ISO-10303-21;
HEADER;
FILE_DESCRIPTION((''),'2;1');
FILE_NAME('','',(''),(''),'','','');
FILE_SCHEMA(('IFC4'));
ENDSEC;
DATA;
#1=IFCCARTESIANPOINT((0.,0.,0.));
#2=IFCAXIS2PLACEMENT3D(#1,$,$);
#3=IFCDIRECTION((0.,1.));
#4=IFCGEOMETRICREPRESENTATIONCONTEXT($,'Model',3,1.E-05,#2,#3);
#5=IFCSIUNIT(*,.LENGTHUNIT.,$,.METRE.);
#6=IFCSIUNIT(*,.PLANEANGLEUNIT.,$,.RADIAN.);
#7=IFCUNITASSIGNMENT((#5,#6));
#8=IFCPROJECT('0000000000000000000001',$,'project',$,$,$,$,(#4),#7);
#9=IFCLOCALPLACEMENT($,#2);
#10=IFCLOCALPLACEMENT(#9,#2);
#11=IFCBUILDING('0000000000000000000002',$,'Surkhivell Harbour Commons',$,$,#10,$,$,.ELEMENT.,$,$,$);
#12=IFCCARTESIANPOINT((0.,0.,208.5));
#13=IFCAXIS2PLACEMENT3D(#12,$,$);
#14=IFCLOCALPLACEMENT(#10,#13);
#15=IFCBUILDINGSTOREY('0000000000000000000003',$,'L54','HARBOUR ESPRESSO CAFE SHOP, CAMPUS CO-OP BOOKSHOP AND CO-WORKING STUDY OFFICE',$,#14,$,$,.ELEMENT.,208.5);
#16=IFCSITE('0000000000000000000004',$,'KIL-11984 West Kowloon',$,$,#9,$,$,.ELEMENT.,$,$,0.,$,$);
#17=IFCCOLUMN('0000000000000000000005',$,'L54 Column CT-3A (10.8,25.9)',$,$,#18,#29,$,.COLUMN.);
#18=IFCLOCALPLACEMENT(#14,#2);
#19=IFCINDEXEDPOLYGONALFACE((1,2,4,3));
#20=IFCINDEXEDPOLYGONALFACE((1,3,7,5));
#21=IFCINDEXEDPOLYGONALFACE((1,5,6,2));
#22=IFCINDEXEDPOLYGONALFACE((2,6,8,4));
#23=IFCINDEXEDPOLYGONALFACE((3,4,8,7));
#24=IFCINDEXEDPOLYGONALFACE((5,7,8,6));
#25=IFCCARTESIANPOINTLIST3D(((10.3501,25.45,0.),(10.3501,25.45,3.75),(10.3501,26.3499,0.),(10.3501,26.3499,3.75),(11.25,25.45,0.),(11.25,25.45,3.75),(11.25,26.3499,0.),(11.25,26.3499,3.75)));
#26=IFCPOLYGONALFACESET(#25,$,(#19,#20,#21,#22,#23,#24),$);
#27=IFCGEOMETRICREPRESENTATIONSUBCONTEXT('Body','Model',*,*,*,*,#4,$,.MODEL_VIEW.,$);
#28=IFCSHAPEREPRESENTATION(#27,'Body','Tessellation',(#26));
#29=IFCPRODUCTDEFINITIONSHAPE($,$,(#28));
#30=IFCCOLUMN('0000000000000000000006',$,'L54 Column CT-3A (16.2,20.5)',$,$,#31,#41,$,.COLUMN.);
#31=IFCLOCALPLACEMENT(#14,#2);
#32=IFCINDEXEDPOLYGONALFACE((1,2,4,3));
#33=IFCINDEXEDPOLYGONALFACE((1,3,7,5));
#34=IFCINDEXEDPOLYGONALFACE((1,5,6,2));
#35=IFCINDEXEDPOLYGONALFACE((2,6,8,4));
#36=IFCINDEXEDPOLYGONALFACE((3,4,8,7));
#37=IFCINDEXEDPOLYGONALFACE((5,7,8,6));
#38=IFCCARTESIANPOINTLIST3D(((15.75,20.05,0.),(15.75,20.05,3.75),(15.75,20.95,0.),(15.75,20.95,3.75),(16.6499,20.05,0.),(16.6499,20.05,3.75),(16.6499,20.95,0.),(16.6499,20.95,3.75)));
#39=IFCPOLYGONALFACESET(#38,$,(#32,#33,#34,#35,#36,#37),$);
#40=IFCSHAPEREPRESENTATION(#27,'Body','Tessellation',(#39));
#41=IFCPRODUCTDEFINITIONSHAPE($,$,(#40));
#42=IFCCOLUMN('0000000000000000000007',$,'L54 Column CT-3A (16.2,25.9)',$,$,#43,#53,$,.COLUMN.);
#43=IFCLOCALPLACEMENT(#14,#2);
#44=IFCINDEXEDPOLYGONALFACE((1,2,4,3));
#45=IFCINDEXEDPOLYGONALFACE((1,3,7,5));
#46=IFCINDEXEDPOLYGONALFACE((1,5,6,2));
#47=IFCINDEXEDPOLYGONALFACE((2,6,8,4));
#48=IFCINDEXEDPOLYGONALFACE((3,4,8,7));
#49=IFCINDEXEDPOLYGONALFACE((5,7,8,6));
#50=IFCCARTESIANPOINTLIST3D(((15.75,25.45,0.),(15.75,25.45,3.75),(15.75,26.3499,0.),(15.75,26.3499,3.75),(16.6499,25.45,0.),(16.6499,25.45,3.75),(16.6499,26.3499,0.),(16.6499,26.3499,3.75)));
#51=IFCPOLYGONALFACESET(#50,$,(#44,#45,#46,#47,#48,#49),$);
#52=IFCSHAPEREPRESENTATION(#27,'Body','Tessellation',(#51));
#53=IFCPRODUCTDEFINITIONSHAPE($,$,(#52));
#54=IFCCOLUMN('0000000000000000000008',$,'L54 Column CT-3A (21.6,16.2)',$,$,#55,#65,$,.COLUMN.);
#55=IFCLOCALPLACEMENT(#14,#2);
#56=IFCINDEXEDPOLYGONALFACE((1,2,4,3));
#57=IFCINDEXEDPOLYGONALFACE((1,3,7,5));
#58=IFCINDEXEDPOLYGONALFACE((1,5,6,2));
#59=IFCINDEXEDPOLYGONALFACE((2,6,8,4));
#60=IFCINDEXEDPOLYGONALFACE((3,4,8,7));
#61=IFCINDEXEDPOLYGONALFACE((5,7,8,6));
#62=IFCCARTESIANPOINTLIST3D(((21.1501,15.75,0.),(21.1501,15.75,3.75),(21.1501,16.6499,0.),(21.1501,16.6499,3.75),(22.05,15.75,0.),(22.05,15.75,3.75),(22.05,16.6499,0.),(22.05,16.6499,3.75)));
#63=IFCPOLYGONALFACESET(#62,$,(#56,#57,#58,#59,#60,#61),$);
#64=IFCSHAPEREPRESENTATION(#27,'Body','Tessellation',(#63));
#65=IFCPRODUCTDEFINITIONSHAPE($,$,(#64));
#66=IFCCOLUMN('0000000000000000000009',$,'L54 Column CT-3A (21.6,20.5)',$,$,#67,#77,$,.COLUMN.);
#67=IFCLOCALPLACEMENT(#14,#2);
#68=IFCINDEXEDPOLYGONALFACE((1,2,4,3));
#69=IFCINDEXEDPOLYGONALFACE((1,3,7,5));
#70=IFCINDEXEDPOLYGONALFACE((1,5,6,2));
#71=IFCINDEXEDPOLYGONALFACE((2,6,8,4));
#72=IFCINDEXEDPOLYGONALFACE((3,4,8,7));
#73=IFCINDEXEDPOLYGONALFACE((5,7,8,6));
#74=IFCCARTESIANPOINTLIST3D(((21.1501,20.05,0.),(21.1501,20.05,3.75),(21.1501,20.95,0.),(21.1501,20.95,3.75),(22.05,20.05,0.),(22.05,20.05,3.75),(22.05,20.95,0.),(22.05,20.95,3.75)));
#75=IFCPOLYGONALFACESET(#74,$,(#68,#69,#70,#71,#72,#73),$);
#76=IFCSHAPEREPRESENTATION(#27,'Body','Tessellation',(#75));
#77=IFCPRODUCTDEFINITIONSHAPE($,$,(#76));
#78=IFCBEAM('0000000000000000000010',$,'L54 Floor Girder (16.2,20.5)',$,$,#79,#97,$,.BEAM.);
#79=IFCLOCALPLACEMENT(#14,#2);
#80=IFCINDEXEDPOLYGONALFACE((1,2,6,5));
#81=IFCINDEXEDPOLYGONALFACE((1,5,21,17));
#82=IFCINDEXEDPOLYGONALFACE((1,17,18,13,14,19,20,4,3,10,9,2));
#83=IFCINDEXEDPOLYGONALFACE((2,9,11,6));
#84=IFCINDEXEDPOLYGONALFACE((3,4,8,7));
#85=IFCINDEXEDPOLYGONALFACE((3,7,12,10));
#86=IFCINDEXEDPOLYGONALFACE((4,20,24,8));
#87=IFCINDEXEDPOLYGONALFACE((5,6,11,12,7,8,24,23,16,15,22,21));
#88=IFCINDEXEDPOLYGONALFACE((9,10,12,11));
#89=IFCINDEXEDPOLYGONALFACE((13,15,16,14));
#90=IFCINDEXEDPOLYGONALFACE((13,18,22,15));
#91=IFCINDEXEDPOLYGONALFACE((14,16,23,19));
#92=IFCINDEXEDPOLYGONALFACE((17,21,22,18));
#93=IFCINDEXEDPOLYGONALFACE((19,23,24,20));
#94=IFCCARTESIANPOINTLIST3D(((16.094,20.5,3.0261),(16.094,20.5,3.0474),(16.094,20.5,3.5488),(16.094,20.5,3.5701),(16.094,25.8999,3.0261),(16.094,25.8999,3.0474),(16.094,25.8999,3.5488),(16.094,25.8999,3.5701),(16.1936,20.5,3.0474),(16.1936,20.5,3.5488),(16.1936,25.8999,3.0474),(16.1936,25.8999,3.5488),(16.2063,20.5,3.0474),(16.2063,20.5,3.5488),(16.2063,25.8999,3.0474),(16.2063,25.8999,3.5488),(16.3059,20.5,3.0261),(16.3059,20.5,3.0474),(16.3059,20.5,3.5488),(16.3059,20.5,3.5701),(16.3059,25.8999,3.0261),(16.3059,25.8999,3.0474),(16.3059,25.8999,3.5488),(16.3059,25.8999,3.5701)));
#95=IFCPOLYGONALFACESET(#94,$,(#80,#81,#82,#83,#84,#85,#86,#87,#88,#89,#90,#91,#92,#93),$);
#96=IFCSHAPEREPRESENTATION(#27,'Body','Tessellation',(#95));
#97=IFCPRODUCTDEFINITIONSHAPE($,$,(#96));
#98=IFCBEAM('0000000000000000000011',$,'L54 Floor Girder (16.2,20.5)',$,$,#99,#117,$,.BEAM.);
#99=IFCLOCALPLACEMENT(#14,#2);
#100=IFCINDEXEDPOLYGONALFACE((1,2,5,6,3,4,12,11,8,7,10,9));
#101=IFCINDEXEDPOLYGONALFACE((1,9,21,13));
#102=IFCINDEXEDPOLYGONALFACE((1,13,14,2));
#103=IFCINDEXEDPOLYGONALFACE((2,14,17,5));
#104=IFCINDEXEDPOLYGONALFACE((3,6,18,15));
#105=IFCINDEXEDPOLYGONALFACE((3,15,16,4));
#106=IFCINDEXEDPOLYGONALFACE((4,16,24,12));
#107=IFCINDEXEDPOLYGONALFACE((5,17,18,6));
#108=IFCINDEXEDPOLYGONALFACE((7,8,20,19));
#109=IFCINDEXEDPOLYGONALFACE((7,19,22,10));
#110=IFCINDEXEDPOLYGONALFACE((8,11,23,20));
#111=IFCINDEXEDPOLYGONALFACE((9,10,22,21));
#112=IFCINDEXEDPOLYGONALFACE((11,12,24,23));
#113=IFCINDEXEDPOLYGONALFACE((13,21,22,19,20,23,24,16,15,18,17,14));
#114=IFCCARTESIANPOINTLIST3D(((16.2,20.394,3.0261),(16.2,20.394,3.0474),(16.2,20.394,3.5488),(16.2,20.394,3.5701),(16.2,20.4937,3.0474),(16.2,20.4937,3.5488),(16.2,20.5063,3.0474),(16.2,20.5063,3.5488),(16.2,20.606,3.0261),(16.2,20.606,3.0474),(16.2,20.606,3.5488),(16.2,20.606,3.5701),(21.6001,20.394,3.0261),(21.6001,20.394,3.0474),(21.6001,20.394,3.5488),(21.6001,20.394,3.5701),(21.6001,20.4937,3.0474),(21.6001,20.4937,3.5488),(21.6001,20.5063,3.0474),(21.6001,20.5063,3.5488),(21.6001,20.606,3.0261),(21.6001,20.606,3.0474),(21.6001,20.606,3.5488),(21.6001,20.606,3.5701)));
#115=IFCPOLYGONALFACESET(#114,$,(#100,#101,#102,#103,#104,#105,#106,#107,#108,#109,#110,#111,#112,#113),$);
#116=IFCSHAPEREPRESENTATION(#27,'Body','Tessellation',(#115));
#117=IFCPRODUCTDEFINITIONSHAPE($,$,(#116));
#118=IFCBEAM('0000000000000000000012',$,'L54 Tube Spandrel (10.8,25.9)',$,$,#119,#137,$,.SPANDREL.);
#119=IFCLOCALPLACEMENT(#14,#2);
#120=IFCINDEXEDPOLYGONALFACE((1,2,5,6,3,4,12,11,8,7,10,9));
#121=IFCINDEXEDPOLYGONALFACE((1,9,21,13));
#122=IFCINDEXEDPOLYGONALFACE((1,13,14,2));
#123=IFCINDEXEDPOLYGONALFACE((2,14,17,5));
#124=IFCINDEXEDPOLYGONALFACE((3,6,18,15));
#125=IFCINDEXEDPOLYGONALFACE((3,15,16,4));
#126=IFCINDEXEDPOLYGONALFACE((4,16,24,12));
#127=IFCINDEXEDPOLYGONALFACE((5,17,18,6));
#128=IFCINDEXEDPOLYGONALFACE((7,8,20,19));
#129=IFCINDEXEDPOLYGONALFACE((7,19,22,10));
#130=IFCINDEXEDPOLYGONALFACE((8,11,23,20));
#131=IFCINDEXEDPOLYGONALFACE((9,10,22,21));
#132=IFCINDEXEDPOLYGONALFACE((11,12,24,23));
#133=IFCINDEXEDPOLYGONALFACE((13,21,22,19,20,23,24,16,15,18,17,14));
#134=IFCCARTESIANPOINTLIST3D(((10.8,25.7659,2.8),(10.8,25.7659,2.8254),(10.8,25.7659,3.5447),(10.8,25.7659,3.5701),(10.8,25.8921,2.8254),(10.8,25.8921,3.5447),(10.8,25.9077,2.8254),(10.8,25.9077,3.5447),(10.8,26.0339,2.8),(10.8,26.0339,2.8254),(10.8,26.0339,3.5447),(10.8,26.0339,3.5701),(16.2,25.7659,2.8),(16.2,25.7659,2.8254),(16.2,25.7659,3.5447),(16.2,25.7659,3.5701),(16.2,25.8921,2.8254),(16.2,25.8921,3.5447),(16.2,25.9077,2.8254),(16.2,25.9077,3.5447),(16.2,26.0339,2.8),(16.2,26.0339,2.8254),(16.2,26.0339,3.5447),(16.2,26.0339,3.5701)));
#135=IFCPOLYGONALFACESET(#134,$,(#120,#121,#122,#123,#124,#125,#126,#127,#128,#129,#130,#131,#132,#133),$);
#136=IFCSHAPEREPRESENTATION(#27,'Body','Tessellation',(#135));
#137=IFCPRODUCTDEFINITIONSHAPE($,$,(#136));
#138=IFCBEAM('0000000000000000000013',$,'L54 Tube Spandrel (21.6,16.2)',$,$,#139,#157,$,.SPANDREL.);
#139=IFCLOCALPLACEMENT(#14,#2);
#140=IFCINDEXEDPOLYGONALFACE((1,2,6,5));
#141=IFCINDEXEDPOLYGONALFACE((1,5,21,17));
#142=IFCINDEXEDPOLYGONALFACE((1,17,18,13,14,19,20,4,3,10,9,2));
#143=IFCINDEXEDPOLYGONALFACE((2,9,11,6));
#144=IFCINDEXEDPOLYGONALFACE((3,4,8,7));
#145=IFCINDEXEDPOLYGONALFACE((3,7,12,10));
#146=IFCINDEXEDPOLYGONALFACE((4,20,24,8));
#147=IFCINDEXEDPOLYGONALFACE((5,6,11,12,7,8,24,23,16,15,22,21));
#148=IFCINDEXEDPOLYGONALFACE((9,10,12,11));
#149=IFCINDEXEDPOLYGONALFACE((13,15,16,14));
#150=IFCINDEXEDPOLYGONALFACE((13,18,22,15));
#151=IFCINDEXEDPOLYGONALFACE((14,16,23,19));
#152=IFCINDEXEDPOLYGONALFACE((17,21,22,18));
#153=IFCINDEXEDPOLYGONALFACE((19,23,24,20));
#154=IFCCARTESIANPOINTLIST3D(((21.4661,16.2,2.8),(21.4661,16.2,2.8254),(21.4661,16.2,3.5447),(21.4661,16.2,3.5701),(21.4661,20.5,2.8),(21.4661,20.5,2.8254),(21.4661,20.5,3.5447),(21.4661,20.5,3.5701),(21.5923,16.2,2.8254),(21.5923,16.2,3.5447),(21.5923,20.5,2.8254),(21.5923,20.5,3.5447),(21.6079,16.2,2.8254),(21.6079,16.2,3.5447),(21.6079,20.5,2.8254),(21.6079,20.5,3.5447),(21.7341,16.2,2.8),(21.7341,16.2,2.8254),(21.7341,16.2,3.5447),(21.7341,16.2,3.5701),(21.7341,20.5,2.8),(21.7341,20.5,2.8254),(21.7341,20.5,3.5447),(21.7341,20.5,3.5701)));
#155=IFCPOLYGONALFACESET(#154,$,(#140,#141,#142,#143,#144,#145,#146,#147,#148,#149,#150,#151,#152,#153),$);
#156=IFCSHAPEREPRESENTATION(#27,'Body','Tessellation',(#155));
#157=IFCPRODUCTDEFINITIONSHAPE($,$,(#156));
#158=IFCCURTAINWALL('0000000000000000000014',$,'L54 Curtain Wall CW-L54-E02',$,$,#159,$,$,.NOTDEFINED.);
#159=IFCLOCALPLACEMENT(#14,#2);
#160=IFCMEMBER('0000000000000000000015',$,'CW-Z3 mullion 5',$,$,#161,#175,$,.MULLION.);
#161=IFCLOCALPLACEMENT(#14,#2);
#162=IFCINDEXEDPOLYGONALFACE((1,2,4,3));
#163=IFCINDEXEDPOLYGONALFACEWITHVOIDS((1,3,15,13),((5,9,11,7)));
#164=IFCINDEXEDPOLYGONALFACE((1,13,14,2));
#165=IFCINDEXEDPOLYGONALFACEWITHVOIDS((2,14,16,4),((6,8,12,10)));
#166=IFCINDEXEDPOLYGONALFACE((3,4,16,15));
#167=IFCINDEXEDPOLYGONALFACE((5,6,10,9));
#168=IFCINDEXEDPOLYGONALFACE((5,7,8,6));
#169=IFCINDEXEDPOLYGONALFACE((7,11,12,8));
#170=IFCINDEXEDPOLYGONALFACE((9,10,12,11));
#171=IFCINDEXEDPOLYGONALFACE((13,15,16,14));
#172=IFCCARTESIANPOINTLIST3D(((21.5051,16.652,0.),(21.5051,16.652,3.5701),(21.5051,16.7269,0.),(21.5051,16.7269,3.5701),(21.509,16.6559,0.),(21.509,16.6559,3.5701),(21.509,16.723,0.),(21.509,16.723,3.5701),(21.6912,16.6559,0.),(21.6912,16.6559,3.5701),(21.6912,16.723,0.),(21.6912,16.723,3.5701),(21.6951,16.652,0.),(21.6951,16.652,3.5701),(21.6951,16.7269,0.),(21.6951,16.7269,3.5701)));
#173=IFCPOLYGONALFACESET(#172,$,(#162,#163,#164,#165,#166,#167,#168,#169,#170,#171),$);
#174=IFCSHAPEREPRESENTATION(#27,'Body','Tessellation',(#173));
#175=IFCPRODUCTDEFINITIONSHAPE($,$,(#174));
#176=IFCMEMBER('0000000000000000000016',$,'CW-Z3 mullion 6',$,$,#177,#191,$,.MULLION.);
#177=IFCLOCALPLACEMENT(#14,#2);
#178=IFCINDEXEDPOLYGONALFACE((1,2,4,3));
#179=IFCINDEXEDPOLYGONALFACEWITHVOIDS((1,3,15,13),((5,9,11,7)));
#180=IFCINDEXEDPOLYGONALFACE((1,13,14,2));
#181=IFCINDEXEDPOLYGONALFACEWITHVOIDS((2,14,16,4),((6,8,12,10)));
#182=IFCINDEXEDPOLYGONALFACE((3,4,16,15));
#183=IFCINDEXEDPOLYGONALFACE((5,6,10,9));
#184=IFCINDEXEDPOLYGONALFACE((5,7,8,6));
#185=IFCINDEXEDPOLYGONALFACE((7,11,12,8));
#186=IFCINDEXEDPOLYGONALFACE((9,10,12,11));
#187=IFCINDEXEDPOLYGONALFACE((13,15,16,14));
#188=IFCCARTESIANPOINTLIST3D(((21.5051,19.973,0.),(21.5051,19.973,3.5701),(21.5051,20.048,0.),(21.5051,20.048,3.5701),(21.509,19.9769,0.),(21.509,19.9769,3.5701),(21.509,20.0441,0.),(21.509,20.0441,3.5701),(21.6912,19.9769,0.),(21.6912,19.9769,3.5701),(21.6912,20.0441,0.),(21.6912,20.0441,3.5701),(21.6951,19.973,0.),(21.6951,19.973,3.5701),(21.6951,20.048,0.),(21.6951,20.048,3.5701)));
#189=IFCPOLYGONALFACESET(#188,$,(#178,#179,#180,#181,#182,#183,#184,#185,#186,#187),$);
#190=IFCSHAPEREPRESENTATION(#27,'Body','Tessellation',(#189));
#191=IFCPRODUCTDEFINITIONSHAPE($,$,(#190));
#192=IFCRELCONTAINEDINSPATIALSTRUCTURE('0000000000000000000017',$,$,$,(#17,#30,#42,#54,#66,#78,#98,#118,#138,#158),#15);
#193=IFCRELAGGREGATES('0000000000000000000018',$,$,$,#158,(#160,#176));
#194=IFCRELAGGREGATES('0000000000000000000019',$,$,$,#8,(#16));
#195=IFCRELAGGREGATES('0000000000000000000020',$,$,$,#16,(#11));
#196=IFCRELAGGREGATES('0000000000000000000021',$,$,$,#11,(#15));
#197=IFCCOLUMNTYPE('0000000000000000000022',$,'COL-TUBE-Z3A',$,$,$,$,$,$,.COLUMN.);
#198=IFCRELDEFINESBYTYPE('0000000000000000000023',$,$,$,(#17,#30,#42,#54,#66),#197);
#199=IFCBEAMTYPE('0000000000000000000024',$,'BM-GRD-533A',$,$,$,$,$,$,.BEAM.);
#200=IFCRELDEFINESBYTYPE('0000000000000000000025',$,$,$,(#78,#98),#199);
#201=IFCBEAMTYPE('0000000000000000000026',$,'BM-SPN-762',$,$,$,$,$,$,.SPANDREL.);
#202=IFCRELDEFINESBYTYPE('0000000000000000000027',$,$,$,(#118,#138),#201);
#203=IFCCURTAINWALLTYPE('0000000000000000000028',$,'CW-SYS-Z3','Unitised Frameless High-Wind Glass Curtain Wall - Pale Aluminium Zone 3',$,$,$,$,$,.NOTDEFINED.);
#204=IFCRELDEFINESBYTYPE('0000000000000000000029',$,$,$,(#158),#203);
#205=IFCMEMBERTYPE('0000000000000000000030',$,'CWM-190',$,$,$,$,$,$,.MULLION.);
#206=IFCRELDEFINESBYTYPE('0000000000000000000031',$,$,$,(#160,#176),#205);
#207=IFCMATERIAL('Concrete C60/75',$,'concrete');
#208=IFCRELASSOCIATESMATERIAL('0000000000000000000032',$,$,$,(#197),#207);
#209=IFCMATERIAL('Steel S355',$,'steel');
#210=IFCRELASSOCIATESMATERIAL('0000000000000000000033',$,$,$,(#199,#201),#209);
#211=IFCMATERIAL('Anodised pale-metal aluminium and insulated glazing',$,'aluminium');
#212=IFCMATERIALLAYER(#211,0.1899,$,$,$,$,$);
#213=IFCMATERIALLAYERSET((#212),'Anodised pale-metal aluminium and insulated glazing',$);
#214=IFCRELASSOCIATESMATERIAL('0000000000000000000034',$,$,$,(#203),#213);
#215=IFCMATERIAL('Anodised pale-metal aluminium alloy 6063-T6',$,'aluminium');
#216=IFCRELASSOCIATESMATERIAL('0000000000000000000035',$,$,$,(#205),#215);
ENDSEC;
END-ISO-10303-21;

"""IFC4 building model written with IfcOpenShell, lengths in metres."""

from ifc_helpers import new_model, si_unit, direction, frame, origin, origin_2d, place, context, subcontext, project, spatial, rectangle, hollow_rectangle, i_section, extrude, material, layer, layer_set, material_profile, profile_set, type_object, element, aggregate, save


model = new_model("IFC4")

# Units and contexts
model_context = context("Model", 3, precision=1e-05, world=origin(), true_north=direction((0.0, 1.0)))
body_context = subcontext(model_context, "Body", "Model", "MODEL_VIEW")
ifc_project = project(units=[si_unit("LENGTHUNIT", "METRE"), si_unit("PLANEANGLEUNIT", "RADIAN")], contexts=[model_context])

# Site, building, storey
site_placement = place(None, origin())
site = spatial("IfcSite", under=ifc_project, at=site_placement, Name="KIL-11984 West Kowloon", CompositionType="ELEMENT", RefElevation=0.0)
building_placement = place(site_placement, origin())
building = spatial("IfcBuilding", under=site, at=building_placement, Name="Surkhivell Harbour Commons", CompositionType="ELEMENT")
storey_placement = place(building_placement, frame((0.0, 0.0, 208.5)))
storey = spatial("IfcBuildingStorey", under=building, at=storey_placement, Name="L54", Description="HARBOUR ESPRESSO CAFE SHOP, CAMPUS CO-OP BOOKSHOP AND CO-WORKING STUDY OFFICE", CompositionType="ELEMENT", Elevation=208.5)

# Columns
ifc_material_1 = material(Name="Concrete C60/75", Category="concrete")
ifc_material_profile_1 = material_profile(ifc_material_1, rectangle(XDim=0.8999, YDim=0.8999, at=origin_2d()), Name="RC-COL-900x900")
ifc_profile_set_1 = profile_set([ifc_material_profile_1], Name="Concrete C60/75")
column_type = type_object("IfcColumnType", Name="COL-TUBE-Z3A", PredefinedType="COLUMN", material=ifc_profile_set_1)
for number, where, z_axis, x_axis, name in (
    (1, (10.8, 25.8999, 0.0), (0.0, 0.0, 1.0), (1.0, 0.0, 0.0), "L54 Column CT-3A (10.8,25.9)"),
    (2, (16.2, 20.5, 0.0), (0.0, 0.0, 1.0), (1.0, 0.0, 0.0), "L54 Column CT-3A (16.2,20.5)"),
    (3, (16.2, 25.8999, 0.0), (0.0, 0.0, 1.0), (1.0, 0.0, 0.0), "L54 Column CT-3A (16.2,25.9)"),
    (4, (21.6001, 16.2, 0.0), (0.0, 0.0, 1.0), (1.0, 0.0, 0.0), "L54 Column CT-3A (21.6,16.2)"),
    (5, (21.6001, 20.5, 0.0), (0.0, 0.0, 1.0), (1.0, 0.0, 0.0), "L54 Column CT-3A (21.6,20.5)"),
):
    element("IfcColumn", number, at=place(storey_placement, frame(where, z_axis=z_axis, x_axis=x_axis)), inside=storey, type_object=column_type, Name=name, PredefinedType="COLUMN", context=body_context, shape_type="SweptSolid", body=[
        extrude(rectangle(XDim=0.8999, YDim=0.8999, at=origin_2d()), origin(), (0.0, 0.0, 1.0), 3.75),
    ])

# Beams
ifc_material_2 = material(Name="Steel S355", Category="steel")
ifc_material_profile_2 = material_profile(ifc_material_2, i_section(OverallWidth=0.2119, OverallDepth=0.5439, WebThickness=0.0127, FlangeThickness=0.0212, at=origin_2d()), Name="UB533x210x122")
ifc_profile_set_2 = profile_set([ifc_material_profile_2], Name="Steel S355")
beam_type_1 = type_object("IfcBeamType", Name="BM-GRD-533A", PredefinedType="BEAM", material=ifc_profile_set_2)
beam_1_placement = place(storey_placement, frame((16.2, 20.5, 3.2981), z_axis=(0.0, 1.0, 0.0), x_axis=(-1.0, 0.0, 0.0)))
element("IfcBeam", 6, at=beam_1_placement, inside=storey, type_object=beam_type_1, Name="L54 Floor Girder (16.2,20.5)", PredefinedType="BEAM", context=body_context, shape_type="SweptSolid", body=[
    extrude(i_section(OverallWidth=0.2119, OverallDepth=0.5439, WebThickness=0.0127, FlangeThickness=0.0212, at=origin_2d()), origin(), (0.0, 0.0, 1.0), 5.3999),
])
beam_2_placement = place(storey_placement, frame((16.2, 20.5, 3.2981), z_axis=(1.0, 0.0, 0.0), x_axis=(0.0, 1.0, 0.0)))
element("IfcBeam", 7, at=beam_2_placement, inside=storey, type_object=beam_type_1, Name="L54 Floor Girder (16.2,20.5)", PredefinedType="BEAM", context=body_context, shape_type="SweptSolid", body=[
    extrude(i_section(OverallWidth=0.2119, OverallDepth=0.5439, WebThickness=0.0127, FlangeThickness=0.0212, at=origin_2d()), origin(), (0.0, 0.0, 1.0), 5.4001),
])
ifc_material_profile_3 = material_profile(ifc_material_2, i_section(OverallWidth=0.2681, OverallDepth=0.77, WebThickness=0.0156, FlangeThickness=0.0254, at=origin_2d()), Name="UB762x267x197")
ifc_profile_set_3 = profile_set([ifc_material_profile_3], Name="Steel S355")
beam_type_2 = type_object("IfcBeamType", Name="BM-SPN-762", PredefinedType="SPANDREL", material=ifc_profile_set_3)
beam_3_placement = place(storey_placement, frame((10.8, 25.8999, 3.1851), z_axis=(1.0, 0.0, 0.0), x_axis=(0.0, 1.0, 0.0)))
element("IfcBeam", 8, at=beam_3_placement, inside=storey, type_object=beam_type_2, Name="L54 Tube Spandrel (10.8,25.9)", PredefinedType="SPANDREL", context=body_context, shape_type="SweptSolid", body=[
    extrude(i_section(OverallWidth=0.2681, OverallDepth=0.77, WebThickness=0.0156, FlangeThickness=0.0254, at=origin_2d()), origin(), (0.0, 0.0, 1.0), 5.3999),
])
beam_4_placement = place(storey_placement, frame((21.6001, 16.2, 3.1851), z_axis=(0.0, 1.0, 0.0), x_axis=(-1.0, 0.0, 0.0)))
element("IfcBeam", 9, at=beam_4_placement, inside=storey, type_object=beam_type_2, Name="L54 Tube Spandrel (21.6,16.2)", PredefinedType="SPANDREL", context=body_context, shape_type="SweptSolid", body=[
    extrude(i_section(OverallWidth=0.2681, OverallDepth=0.77, WebThickness=0.0156, FlangeThickness=0.0254, at=origin_2d()), origin(), (0.0, 0.0, 1.0), 4.3),
])

# Curtain wall, members
ifc_material_3 = material(Name="Anodised pale-metal aluminium and insulated glazing", Category="aluminium")
ifc_layer_1 = layer(ifc_material_3, 0.1899)
ifc_layer_set_1 = layer_set([ifc_layer_1], Name="Anodised pale-metal aluminium and insulated glazing")
curtain_wall_type = type_object("IfcCurtainWallType", Name="CW-SYS-Z3", Description="Unitised Frameless High-Wind Glass Curtain Wall - Pale Aluminium Zone 3", PredefinedType="NOTDEFINED", material=ifc_layer_set_1)
curtain_wall_1_placement = place(storey_placement, origin())
curtain_wall_1 = element("IfcCurtainWall", 10, at=curtain_wall_1_placement, inside=storey, type_object=curtain_wall_type, Name="L54 Curtain Wall CW-L54-E02", PredefinedType="NOTDEFINED")
ifc_material_4 = material(Name="Anodised pale-metal aluminium alloy 6063-T6", Category="aluminium")
ifc_material_profile_4 = material_profile(ifc_material_4, hollow_rectangle(XDim=0.075, YDim=0.1899, WallThickness=0.0039, at=origin_2d()), Name="ALU-MULL-75x190")
ifc_profile_set_4 = profile_set([ifc_material_profile_4], Name="Anodised pale-metal aluminium alloy 6063-T6")
member_type_1 = type_object("IfcMemberType", Name="CWM-190", PredefinedType="MULLION", material=ifc_profile_set_4)
member_1_placement = place(storey_placement, frame((21.6001, 16.6895, 0.0), z_axis=(0.0, 0.0, 1.0), x_axis=(0.0, 1.0, 0.0)))
member_1 = element("IfcMember", 11, at=member_1_placement, type_object=member_type_1, Name="CW-Z3 mullion 5", PredefinedType="MULLION", context=body_context, shape_type="SweptSolid", body=[
    extrude(hollow_rectangle(XDim=0.075, YDim=0.1899, WallThickness=0.0039, at=origin_2d()), origin(), (0.0, 0.0, 1.0), 3.5701),
])
member_2_placement = place(storey_placement, frame((21.6001, 20.0105, 0.0), z_axis=(0.0, 0.0, 1.0), x_axis=(0.0, 1.0, 0.0)))
member_2 = element("IfcMember", 12, at=member_2_placement, type_object=member_type_1, Name="CW-Z3 mullion 6", PredefinedType="MULLION", context=body_context, shape_type="SweptSolid", body=[
    extrude(hollow_rectangle(XDim=0.075, YDim=0.1899, WallThickness=0.0039, at=origin_2d()), origin(), (0.0, 0.0, 1.0), 3.5701),
])

aggregate(curtain_wall_1, [member_1, member_2])

save(model, "model.ifc")
